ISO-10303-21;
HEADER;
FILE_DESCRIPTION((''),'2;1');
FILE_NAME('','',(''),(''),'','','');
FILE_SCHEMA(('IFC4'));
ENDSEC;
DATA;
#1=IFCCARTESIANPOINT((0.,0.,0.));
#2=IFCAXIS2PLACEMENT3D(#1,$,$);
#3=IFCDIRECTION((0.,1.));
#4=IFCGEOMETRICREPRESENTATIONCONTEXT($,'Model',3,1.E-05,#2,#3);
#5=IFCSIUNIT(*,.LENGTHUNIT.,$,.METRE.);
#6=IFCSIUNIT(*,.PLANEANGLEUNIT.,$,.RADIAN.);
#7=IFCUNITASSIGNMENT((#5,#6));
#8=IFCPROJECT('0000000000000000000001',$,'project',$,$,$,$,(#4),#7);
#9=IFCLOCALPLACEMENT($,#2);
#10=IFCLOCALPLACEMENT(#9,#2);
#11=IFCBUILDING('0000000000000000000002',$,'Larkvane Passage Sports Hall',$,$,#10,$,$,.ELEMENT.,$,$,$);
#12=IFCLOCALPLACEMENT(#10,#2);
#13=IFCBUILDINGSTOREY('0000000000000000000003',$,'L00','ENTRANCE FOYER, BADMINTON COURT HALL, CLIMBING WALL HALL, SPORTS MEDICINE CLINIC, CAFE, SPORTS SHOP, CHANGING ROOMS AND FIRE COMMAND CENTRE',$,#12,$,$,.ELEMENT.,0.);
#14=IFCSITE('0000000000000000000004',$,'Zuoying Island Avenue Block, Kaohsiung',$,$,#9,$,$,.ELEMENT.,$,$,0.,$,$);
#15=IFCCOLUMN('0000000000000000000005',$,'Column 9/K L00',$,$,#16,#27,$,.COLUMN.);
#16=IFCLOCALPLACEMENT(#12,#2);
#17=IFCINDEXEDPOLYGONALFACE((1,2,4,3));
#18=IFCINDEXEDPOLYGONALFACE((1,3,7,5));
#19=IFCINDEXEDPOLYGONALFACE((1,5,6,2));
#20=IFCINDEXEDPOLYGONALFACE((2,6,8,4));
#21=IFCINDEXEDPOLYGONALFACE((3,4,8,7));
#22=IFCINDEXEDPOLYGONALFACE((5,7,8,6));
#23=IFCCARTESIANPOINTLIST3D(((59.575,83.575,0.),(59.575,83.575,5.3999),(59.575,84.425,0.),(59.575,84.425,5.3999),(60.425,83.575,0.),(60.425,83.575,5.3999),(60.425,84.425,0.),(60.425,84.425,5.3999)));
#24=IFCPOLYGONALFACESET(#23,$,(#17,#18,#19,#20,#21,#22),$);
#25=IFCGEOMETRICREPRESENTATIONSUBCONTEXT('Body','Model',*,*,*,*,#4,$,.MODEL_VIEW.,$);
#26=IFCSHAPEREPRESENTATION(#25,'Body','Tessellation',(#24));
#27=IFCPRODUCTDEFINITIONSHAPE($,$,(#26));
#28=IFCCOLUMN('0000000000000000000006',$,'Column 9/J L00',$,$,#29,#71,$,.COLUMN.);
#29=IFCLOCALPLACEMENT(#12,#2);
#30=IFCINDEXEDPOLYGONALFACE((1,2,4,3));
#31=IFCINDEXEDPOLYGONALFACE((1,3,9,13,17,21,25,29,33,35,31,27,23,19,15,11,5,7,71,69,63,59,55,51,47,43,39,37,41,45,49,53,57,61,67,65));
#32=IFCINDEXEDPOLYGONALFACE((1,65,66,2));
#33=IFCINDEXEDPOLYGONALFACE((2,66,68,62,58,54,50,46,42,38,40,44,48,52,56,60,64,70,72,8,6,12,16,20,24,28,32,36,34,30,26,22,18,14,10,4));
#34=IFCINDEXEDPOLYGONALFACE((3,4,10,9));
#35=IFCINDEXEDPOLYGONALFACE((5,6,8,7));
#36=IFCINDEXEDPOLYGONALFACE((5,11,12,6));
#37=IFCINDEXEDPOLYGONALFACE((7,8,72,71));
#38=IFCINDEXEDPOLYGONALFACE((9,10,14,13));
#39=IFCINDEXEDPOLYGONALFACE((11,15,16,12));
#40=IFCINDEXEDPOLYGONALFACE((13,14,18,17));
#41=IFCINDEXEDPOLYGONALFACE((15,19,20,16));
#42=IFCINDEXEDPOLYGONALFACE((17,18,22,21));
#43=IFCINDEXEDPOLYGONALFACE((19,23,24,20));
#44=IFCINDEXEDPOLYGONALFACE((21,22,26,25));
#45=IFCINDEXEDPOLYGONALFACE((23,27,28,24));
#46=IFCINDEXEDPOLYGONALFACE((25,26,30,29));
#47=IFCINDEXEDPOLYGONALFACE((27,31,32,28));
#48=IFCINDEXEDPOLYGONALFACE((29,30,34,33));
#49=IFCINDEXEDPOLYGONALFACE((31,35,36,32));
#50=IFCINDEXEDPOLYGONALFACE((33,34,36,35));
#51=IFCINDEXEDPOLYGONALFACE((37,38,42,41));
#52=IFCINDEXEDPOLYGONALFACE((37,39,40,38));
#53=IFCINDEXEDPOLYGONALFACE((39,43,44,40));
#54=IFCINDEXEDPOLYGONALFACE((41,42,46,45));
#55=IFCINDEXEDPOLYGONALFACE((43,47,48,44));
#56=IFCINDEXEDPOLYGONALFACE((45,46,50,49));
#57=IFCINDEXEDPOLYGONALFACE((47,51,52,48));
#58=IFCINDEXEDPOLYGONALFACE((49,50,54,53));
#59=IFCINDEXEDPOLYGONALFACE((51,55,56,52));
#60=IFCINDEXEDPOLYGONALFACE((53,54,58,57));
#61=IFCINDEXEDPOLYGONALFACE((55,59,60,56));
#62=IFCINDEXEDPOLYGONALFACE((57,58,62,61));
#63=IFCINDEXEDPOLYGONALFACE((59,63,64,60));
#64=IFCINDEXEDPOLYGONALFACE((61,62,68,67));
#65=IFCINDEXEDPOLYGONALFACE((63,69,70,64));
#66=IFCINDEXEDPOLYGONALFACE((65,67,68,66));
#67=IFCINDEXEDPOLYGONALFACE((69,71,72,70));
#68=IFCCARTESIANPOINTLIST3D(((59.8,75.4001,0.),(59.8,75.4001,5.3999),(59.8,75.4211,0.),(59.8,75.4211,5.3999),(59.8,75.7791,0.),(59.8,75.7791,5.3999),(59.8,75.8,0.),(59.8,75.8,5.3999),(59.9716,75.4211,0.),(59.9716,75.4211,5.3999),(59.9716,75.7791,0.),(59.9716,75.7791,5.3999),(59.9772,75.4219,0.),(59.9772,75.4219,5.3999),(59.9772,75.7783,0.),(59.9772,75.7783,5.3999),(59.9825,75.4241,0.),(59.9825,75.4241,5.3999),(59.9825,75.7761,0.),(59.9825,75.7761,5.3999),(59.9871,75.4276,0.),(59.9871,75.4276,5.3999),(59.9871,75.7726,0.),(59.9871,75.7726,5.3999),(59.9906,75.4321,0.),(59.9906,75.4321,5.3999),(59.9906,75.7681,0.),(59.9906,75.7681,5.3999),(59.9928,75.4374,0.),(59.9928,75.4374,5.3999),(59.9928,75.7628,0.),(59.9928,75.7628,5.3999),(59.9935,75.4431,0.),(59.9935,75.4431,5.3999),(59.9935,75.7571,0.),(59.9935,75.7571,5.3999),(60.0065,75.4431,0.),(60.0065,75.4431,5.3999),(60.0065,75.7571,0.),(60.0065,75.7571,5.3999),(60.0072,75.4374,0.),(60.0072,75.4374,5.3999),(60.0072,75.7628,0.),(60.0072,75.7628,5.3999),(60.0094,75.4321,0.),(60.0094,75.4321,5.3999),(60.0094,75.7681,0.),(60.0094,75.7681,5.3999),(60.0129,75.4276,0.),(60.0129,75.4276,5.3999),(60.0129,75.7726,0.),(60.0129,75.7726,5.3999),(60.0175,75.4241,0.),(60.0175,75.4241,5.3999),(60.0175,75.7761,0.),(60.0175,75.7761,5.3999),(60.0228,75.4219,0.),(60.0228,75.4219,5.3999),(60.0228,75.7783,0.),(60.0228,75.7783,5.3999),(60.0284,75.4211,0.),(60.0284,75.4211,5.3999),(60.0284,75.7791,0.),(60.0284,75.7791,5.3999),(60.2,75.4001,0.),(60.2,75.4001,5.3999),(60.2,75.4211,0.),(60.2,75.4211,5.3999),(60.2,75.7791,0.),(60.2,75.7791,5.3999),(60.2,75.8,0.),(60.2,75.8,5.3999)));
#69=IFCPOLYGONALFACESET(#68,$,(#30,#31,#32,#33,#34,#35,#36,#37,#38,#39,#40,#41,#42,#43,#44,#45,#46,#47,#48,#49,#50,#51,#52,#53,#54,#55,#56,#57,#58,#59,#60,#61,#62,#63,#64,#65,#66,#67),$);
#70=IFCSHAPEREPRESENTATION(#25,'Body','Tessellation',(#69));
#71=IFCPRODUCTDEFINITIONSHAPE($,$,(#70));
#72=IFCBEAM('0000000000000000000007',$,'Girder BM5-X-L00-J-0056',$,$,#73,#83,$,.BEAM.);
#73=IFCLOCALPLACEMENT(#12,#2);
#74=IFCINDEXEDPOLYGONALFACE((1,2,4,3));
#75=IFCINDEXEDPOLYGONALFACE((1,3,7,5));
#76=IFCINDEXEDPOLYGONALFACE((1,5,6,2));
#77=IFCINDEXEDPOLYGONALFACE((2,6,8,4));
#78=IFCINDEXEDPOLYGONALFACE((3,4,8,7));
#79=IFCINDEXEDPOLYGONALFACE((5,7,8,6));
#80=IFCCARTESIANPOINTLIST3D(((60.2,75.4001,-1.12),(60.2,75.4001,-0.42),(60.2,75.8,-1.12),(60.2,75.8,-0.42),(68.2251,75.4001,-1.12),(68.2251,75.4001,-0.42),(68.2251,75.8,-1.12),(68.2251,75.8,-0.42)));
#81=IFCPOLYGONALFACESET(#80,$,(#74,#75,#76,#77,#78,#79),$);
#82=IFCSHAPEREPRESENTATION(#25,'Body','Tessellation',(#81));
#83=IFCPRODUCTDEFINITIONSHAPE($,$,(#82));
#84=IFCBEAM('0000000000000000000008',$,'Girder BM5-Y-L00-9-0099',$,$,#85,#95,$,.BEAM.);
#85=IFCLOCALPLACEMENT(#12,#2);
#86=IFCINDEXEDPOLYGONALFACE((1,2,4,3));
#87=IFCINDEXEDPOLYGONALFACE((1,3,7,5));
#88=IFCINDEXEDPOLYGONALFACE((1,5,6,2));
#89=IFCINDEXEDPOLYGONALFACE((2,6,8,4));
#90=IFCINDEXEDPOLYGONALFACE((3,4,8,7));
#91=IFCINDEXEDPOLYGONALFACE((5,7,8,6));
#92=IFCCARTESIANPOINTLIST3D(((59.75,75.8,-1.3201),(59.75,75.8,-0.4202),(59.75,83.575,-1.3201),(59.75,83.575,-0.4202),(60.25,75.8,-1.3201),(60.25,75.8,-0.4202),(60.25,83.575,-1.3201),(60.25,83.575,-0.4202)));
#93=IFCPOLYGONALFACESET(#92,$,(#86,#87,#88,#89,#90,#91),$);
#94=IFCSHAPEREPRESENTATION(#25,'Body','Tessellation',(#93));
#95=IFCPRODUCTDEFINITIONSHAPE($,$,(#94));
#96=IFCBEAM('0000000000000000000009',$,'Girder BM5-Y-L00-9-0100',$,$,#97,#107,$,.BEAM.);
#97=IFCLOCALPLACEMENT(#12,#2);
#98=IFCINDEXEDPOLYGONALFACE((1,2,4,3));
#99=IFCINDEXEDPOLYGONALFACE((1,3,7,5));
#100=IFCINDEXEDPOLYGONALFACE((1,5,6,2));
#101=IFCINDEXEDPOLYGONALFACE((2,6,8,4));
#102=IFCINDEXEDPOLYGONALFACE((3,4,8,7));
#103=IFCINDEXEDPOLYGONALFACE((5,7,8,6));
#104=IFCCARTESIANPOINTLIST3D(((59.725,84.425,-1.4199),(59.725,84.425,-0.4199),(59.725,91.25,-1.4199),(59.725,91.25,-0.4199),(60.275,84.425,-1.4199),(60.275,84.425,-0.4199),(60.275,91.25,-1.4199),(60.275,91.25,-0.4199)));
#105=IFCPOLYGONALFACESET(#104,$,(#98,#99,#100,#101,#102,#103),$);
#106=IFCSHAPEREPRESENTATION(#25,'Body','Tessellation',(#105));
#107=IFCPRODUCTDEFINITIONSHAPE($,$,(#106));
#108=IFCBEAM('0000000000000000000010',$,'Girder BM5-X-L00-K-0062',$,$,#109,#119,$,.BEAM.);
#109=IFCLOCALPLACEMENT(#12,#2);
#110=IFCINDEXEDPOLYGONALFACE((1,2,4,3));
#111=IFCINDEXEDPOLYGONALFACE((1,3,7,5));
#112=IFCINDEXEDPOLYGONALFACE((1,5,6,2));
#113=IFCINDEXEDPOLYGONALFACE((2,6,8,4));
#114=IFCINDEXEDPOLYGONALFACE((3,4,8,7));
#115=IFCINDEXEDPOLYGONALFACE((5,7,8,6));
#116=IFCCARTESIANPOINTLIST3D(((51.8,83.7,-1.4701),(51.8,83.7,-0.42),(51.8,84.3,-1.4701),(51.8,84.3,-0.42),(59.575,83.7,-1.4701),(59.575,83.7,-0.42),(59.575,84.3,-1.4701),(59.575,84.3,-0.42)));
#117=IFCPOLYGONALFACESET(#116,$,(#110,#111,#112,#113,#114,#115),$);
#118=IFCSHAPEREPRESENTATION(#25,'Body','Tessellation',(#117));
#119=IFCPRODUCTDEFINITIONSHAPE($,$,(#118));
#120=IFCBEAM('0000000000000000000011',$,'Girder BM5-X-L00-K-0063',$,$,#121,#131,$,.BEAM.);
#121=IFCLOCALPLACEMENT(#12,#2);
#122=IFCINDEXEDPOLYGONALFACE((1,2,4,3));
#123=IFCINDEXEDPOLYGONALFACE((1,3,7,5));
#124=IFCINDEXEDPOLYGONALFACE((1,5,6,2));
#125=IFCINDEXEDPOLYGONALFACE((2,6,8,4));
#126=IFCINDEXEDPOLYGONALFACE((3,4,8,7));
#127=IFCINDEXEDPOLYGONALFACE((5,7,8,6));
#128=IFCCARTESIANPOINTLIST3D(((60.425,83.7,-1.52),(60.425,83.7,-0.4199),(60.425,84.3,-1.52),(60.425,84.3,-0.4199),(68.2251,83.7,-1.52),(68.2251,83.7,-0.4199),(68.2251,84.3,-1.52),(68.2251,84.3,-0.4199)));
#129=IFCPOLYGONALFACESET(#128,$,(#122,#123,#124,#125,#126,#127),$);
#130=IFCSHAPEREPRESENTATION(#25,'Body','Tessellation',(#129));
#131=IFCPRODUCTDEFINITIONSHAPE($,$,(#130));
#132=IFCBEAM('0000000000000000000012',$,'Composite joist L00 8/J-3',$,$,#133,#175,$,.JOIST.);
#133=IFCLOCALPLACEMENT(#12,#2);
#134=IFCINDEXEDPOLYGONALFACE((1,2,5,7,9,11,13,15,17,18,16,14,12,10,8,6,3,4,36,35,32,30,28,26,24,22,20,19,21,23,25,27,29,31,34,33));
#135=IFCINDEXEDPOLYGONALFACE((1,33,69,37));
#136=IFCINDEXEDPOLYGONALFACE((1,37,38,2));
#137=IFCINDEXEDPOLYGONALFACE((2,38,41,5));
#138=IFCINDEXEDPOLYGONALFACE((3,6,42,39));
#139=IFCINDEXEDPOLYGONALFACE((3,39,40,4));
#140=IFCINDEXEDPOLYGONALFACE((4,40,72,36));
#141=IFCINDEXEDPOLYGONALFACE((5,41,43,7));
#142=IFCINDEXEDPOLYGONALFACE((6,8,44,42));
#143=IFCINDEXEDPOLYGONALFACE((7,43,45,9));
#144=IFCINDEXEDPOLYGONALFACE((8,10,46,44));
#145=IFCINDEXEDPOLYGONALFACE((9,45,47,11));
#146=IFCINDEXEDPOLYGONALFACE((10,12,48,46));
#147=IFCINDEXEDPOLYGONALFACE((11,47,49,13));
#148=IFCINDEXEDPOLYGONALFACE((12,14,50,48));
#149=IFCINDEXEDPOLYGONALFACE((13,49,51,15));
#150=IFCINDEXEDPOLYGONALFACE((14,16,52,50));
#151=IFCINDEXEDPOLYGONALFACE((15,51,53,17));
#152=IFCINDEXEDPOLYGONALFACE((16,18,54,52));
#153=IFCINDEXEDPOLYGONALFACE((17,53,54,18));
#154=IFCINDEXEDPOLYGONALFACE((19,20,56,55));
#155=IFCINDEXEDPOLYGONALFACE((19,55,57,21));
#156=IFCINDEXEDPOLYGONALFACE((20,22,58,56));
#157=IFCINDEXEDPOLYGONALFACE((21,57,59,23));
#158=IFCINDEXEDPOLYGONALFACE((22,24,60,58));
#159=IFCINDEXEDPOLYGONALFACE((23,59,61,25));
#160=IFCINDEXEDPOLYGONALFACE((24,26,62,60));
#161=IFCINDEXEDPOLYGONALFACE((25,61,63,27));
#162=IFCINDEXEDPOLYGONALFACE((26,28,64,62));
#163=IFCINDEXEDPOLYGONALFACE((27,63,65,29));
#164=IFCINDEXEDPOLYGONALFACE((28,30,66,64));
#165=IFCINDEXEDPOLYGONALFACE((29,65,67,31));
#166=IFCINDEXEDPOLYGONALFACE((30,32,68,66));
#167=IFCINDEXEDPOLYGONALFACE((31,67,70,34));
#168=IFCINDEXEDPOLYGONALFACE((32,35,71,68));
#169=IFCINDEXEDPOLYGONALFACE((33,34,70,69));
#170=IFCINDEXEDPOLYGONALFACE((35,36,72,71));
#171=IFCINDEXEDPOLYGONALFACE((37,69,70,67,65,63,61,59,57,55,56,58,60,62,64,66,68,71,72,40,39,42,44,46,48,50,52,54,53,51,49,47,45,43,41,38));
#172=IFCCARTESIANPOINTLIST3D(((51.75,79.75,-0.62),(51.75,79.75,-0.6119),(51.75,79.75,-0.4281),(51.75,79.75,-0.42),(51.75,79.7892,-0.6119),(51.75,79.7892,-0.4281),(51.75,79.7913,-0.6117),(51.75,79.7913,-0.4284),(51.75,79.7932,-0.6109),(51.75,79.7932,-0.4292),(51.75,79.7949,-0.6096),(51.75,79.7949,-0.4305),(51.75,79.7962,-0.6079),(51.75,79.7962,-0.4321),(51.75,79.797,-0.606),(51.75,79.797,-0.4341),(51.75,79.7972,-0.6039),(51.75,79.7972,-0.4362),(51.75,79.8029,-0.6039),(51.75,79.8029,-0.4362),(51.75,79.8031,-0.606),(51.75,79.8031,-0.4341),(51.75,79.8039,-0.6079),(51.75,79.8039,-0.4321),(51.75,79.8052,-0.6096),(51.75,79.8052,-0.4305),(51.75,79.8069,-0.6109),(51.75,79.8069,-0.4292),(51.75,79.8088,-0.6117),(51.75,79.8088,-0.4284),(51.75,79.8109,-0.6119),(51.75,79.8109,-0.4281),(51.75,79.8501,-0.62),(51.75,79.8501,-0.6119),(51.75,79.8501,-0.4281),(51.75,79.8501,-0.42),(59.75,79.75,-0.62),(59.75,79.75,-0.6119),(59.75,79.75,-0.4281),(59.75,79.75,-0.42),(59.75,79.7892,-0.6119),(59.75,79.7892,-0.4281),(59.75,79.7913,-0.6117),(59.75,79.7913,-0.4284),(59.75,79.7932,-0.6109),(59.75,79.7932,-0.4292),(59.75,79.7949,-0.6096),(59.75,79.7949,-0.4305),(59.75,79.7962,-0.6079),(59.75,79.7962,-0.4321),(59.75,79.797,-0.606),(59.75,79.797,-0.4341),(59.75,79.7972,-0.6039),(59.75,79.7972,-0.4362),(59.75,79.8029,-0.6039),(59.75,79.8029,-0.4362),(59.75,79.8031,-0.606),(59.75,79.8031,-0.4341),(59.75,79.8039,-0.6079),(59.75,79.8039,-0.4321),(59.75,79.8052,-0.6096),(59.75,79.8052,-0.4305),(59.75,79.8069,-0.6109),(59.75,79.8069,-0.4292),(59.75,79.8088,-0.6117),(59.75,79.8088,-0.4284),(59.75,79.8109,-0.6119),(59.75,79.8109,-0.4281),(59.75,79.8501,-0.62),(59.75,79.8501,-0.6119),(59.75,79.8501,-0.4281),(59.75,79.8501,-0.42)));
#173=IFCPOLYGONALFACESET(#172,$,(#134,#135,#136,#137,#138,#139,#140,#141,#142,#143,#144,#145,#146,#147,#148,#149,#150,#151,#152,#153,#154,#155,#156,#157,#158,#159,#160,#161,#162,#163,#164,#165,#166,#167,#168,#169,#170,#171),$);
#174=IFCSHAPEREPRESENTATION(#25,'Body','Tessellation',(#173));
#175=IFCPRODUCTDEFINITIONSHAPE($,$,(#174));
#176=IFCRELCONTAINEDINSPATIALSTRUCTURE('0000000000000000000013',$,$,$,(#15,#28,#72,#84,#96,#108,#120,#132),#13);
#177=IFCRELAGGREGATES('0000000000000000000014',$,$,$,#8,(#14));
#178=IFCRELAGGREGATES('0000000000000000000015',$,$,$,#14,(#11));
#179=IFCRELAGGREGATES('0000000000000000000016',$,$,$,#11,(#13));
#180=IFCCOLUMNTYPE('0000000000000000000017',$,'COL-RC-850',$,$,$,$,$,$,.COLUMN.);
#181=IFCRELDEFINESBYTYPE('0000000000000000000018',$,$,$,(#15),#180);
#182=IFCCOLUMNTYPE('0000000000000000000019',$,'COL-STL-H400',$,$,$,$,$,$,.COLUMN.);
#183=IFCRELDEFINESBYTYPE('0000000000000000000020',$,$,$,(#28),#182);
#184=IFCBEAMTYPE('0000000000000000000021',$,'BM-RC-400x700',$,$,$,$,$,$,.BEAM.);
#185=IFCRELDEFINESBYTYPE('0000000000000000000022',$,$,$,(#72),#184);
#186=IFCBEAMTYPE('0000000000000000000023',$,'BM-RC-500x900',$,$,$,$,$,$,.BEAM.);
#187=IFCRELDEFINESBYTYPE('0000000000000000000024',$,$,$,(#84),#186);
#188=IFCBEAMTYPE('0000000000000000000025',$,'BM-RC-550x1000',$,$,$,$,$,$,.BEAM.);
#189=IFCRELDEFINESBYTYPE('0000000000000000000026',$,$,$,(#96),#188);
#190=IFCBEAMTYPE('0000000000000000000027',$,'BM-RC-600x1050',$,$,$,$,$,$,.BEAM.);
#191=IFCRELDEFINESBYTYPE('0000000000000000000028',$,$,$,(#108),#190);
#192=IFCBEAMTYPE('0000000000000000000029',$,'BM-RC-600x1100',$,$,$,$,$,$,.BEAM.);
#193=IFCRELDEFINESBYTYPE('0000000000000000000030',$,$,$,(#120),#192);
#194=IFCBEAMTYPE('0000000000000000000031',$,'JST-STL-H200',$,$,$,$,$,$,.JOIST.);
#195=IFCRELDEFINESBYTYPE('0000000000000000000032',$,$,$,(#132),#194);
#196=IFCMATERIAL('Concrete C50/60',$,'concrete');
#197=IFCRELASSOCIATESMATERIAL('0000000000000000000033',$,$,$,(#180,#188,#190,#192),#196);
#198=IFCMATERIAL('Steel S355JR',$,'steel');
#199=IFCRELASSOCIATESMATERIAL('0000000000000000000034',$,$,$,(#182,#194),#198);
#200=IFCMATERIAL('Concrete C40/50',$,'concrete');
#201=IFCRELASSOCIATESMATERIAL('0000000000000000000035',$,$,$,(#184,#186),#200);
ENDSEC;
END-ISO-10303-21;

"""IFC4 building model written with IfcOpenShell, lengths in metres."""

from ifc_helpers import new_model, si_unit, direction, frame, origin, origin_2d, place, context, subcontext, project, spatial, rectangle, i_section, extrude, material, material_profile, profile_set, type_object, element, save


model = new_model("IFC4")

# Units and contexts
model_context = context("Model", 3, precision=1e-05, world=origin(), true_north=direction((0.0, 1.0)))
body_context = subcontext(model_context, "Body", "Model", "MODEL_VIEW")
ifc_project = project(units=[si_unit("LENGTHUNIT", "METRE"), si_unit("PLANEANGLEUNIT", "RADIAN")], contexts=[model_context])

# Site, building, storey
site_placement = place(None, origin())
site = spatial("IfcSite", under=ifc_project, at=site_placement, Name="Zuoying Island Avenue Block, Kaohsiung", CompositionType="ELEMENT", RefElevation=0.0)
building_placement = place(site_placement, origin())
building = spatial("IfcBuilding", under=site, at=building_placement, Name="Larkvane Passage Sports Hall", CompositionType="ELEMENT")
storey_placement = place(building_placement, origin())
storey = spatial("IfcBuildingStorey", under=building, at=storey_placement, Name="L00", Description="ENTRANCE FOYER, BADMINTON COURT HALL, CLIMBING WALL HALL, SPORTS MEDICINE CLINIC, CAFE, SPORTS SHOP, CHANGING ROOMS AND FIRE COMMAND CENTRE", CompositionType="ELEMENT", Elevation=0.0)

# Columns
ifc_material_1 = material(Name="Concrete C50/60", Category="concrete")
ifc_material_profile_1 = material_profile(ifc_material_1, rectangle(XDim=0.8501, YDim=0.8501, at=origin_2d()), Name="RC-COL-850x850")
ifc_profile_set_1 = profile_set([ifc_material_profile_1], Name="Concrete C50/60")
column_type_1 = type_object("IfcColumnType", Name="COL-RC-850", PredefinedType="COLUMN", material=ifc_profile_set_1)
column_1_placement = place(storey_placement, frame((60.0, 84.0, 0.0), z_axis=(0.0, 0.0, 1.0), x_axis=(1.0, 0.0, 0.0)))
element("IfcColumn", 1, at=column_1_placement, inside=storey, type_object=column_type_1, Name="Column 9/K L00", PredefinedType="COLUMN", context=body_context, shape_type="SweptSolid", body=[
    extrude(rectangle(XDim=0.8501, YDim=0.8501, at=origin_2d()), origin(), (0.0, 0.0, 1.0), 5.3999),
])
ifc_material_2 = material(Name="Steel S355JR", Category="steel")
ifc_material_profile_2 = material_profile(ifc_material_2, i_section(OverallWidth=0.3999, OverallDepth=0.3999, WebThickness=0.0129, FlangeThickness=0.021, FilletRadius=0.022, at=origin_2d()), Name="H-400x400x13x21")
ifc_profile_set_2 = profile_set([ifc_material_profile_2], Name="Steel S355JR")
column_type_2 = type_object("IfcColumnType", Name="COL-STL-H400", PredefinedType="COLUMN", material=ifc_profile_set_2)
column_2_placement = place(storey_placement, frame((60.0, 75.6001, 0.0), z_axis=(0.0, 0.0, 1.0), x_axis=(1.0, 0.0, 0.0)))
element("IfcColumn", 2, at=column_2_placement, inside=storey, type_object=column_type_2, Name="Column 9/J L00", PredefinedType="COLUMN", context=body_context, shape_type="SweptSolid", body=[
    extrude(i_section(OverallWidth=0.3999, OverallDepth=0.3999, WebThickness=0.0129, FlangeThickness=0.021, FilletRadius=0.022, at=origin_2d()), origin(), (0.0, 0.0, 1.0), 5.3999),
])

# Beams
ifc_material_3 = material(Name="Concrete C40/50", Category="concrete")
ifc_material_profile_3 = material_profile(ifc_material_3, rectangle(XDim=0.3999, YDim=0.7, at=origin_2d()), Name="RC-BM-400x700")
ifc_profile_set_3 = profile_set([ifc_material_profile_3], Name="Concrete C40/50")
beam_type_1 = type_object("IfcBeamType", Name="BM-RC-400x700", PredefinedType="BEAM", material=ifc_profile_set_3)
beam_1_placement = place(storey_placement, frame((60.2, 75.6001, -0.77), z_axis=(1.0, 0.0, 0.0), x_axis=(0.0, 1.0, 0.0)))
element("IfcBeam", 3, at=beam_1_placement, inside=storey, type_object=beam_type_1, Name="Girder BM5-X-L00-J-0056", PredefinedType="BEAM", context=body_context, shape_type="SweptSolid", body=[
    extrude(rectangle(XDim=0.3999, YDim=0.7, at=origin_2d()), origin(), (0.0, 0.0, 1.0), 8.0251),
])
ifc_material_profile_4 = material_profile(ifc_material_3, rectangle(XDim=0.5, YDim=0.8999, at=origin_2d()), Name="RC-BM-500x900")
ifc_profile_set_4 = profile_set([ifc_material_profile_4], Name="Concrete C40/50")
beam_type_2 = type_object("IfcBeamType", Name="BM-RC-500x900", PredefinedType="BEAM", material=ifc_profile_set_4)
beam_2_placement = place(storey_placement, frame((60.0, 75.8, -0.8701), z_axis=(0.0, 1.0, 0.0), x_axis=(-1.0, 0.0, 0.0)))
element("IfcBeam", 4, at=beam_2_placement, inside=storey, type_object=beam_type_2, Name="Girder BM5-Y-L00-9-0099", PredefinedType="BEAM", context=body_context, shape_type="SweptSolid", body=[
    extrude(rectangle(XDim=0.5, YDim=0.8999, at=origin_2d()), origin(), (0.0, 0.0, 1.0), 7.7749),
])
ifc_material_profile_5 = material_profile(ifc_material_1, rectangle(XDim=0.55, YDim=1.0, at=origin_2d()), Name="RC-BM-550x1000")
ifc_profile_set_5 = profile_set([ifc_material_profile_5], Name="Concrete C50/60")
beam_type_3 = type_object("IfcBeamType", Name="BM-RC-550x1000", PredefinedType="BEAM", material=ifc_profile_set_5)
beam_3_placement = place(storey_placement, frame((60.0, 84.425, -0.9199), z_axis=(0.0, 1.0, 0.0), x_axis=(-1.0, 0.0, 0.0)))
element("IfcBeam", 5, at=beam_3_placement, inside=storey, type_object=beam_type_3, Name="Girder BM5-Y-L00-9-0100", PredefinedType="BEAM", context=body_context, shape_type="SweptSolid", body=[
    extrude(rectangle(XDim=0.55, YDim=1.0, at=origin_2d()), origin(), (0.0, 0.0, 1.0), 6.825),
])
ifc_material_profile_6 = material_profile(ifc_material_1, rectangle(XDim=0.6001, YDim=1.05, at=origin_2d()), Name="RC-BM-600x1050")
ifc_profile_set_6 = profile_set([ifc_material_profile_6], Name="Concrete C50/60")
beam_type_4 = type_object("IfcBeamType", Name="BM-RC-600x1050", PredefinedType="BEAM", material=ifc_profile_set_6)
beam_4_placement = place(storey_placement, frame((51.8, 84.0, -0.9451), z_axis=(1.0, 0.0, 0.0), x_axis=(0.0, 1.0, 0.0)))
element("IfcBeam", 6, at=beam_4_placement, inside=storey, type_object=beam_type_4, Name="Girder BM5-X-L00-K-0062", PredefinedType="BEAM", context=body_context, shape_type="SweptSolid", body=[
    extrude(rectangle(XDim=0.6001, YDim=1.05, at=origin_2d()), origin(), (0.0, 0.0, 1.0), 7.7749),
])
ifc_material_profile_7 = material_profile(ifc_material_1, rectangle(XDim=0.6001, YDim=1.1001, at=origin_2d()), Name="RC-BM-600x1100")
ifc_profile_set_7 = profile_set([ifc_material_profile_7], Name="Concrete C50/60")
beam_type_5 = type_object("IfcBeamType", Name="BM-RC-600x1100", PredefinedType="BEAM", material=ifc_profile_set_7)
beam_5_placement = place(storey_placement, frame((60.425, 84.0, -0.97), z_axis=(1.0, 0.0, 0.0), x_axis=(0.0, 1.0, 0.0)))
element("IfcBeam", 7, at=beam_5_placement, inside=storey, type_object=beam_type_5, Name="Girder BM5-X-L00-K-0063", PredefinedType="BEAM", context=body_context, shape_type="SweptSolid", body=[
    extrude(rectangle(XDim=0.6001, YDim=1.1001, at=origin_2d()), origin(), (0.0, 0.0, 1.0), 7.8),
])
ifc_material_profile_8 = material_profile(ifc_material_2, i_section(OverallWidth=0.1001, OverallDepth=0.2, WebThickness=0.0056, FlangeThickness=0.0081, FilletRadius=0.0081, at=origin_2d()), Name="H-200x100x5.5x8")
ifc_profile_set_8 = profile_set([ifc_material_profile_8], Name="Steel S355JR")
beam_type_6 = type_object("IfcBeamType", Name="JST-STL-H200", PredefinedType="JOIST", material=ifc_profile_set_8)
for number, where, z_axis, x_axis, name in (
    (8, (51.75, 79.8, -0.52), (1.0, 0.0, 0.0), (0.0, 1.0, 0.0), "Composite joist L00 8/J-3"),
):
    element("IfcBeam", number, at=place(storey_placement, frame(where, z_axis=z_axis, x_axis=x_axis)), inside=storey, type_object=beam_type_6, Name=name, PredefinedType="JOIST", context=body_context, shape_type="SweptSolid", body=[
        extrude(i_section(OverallWidth=0.1001, OverallDepth=0.2, WebThickness=0.0056, FlangeThickness=0.0081, FilletRadius=0.0081, at=origin_2d()), origin(), (0.0, 0.0, 1.0), 8.0),
    ])

save(model, "model.ifc")
